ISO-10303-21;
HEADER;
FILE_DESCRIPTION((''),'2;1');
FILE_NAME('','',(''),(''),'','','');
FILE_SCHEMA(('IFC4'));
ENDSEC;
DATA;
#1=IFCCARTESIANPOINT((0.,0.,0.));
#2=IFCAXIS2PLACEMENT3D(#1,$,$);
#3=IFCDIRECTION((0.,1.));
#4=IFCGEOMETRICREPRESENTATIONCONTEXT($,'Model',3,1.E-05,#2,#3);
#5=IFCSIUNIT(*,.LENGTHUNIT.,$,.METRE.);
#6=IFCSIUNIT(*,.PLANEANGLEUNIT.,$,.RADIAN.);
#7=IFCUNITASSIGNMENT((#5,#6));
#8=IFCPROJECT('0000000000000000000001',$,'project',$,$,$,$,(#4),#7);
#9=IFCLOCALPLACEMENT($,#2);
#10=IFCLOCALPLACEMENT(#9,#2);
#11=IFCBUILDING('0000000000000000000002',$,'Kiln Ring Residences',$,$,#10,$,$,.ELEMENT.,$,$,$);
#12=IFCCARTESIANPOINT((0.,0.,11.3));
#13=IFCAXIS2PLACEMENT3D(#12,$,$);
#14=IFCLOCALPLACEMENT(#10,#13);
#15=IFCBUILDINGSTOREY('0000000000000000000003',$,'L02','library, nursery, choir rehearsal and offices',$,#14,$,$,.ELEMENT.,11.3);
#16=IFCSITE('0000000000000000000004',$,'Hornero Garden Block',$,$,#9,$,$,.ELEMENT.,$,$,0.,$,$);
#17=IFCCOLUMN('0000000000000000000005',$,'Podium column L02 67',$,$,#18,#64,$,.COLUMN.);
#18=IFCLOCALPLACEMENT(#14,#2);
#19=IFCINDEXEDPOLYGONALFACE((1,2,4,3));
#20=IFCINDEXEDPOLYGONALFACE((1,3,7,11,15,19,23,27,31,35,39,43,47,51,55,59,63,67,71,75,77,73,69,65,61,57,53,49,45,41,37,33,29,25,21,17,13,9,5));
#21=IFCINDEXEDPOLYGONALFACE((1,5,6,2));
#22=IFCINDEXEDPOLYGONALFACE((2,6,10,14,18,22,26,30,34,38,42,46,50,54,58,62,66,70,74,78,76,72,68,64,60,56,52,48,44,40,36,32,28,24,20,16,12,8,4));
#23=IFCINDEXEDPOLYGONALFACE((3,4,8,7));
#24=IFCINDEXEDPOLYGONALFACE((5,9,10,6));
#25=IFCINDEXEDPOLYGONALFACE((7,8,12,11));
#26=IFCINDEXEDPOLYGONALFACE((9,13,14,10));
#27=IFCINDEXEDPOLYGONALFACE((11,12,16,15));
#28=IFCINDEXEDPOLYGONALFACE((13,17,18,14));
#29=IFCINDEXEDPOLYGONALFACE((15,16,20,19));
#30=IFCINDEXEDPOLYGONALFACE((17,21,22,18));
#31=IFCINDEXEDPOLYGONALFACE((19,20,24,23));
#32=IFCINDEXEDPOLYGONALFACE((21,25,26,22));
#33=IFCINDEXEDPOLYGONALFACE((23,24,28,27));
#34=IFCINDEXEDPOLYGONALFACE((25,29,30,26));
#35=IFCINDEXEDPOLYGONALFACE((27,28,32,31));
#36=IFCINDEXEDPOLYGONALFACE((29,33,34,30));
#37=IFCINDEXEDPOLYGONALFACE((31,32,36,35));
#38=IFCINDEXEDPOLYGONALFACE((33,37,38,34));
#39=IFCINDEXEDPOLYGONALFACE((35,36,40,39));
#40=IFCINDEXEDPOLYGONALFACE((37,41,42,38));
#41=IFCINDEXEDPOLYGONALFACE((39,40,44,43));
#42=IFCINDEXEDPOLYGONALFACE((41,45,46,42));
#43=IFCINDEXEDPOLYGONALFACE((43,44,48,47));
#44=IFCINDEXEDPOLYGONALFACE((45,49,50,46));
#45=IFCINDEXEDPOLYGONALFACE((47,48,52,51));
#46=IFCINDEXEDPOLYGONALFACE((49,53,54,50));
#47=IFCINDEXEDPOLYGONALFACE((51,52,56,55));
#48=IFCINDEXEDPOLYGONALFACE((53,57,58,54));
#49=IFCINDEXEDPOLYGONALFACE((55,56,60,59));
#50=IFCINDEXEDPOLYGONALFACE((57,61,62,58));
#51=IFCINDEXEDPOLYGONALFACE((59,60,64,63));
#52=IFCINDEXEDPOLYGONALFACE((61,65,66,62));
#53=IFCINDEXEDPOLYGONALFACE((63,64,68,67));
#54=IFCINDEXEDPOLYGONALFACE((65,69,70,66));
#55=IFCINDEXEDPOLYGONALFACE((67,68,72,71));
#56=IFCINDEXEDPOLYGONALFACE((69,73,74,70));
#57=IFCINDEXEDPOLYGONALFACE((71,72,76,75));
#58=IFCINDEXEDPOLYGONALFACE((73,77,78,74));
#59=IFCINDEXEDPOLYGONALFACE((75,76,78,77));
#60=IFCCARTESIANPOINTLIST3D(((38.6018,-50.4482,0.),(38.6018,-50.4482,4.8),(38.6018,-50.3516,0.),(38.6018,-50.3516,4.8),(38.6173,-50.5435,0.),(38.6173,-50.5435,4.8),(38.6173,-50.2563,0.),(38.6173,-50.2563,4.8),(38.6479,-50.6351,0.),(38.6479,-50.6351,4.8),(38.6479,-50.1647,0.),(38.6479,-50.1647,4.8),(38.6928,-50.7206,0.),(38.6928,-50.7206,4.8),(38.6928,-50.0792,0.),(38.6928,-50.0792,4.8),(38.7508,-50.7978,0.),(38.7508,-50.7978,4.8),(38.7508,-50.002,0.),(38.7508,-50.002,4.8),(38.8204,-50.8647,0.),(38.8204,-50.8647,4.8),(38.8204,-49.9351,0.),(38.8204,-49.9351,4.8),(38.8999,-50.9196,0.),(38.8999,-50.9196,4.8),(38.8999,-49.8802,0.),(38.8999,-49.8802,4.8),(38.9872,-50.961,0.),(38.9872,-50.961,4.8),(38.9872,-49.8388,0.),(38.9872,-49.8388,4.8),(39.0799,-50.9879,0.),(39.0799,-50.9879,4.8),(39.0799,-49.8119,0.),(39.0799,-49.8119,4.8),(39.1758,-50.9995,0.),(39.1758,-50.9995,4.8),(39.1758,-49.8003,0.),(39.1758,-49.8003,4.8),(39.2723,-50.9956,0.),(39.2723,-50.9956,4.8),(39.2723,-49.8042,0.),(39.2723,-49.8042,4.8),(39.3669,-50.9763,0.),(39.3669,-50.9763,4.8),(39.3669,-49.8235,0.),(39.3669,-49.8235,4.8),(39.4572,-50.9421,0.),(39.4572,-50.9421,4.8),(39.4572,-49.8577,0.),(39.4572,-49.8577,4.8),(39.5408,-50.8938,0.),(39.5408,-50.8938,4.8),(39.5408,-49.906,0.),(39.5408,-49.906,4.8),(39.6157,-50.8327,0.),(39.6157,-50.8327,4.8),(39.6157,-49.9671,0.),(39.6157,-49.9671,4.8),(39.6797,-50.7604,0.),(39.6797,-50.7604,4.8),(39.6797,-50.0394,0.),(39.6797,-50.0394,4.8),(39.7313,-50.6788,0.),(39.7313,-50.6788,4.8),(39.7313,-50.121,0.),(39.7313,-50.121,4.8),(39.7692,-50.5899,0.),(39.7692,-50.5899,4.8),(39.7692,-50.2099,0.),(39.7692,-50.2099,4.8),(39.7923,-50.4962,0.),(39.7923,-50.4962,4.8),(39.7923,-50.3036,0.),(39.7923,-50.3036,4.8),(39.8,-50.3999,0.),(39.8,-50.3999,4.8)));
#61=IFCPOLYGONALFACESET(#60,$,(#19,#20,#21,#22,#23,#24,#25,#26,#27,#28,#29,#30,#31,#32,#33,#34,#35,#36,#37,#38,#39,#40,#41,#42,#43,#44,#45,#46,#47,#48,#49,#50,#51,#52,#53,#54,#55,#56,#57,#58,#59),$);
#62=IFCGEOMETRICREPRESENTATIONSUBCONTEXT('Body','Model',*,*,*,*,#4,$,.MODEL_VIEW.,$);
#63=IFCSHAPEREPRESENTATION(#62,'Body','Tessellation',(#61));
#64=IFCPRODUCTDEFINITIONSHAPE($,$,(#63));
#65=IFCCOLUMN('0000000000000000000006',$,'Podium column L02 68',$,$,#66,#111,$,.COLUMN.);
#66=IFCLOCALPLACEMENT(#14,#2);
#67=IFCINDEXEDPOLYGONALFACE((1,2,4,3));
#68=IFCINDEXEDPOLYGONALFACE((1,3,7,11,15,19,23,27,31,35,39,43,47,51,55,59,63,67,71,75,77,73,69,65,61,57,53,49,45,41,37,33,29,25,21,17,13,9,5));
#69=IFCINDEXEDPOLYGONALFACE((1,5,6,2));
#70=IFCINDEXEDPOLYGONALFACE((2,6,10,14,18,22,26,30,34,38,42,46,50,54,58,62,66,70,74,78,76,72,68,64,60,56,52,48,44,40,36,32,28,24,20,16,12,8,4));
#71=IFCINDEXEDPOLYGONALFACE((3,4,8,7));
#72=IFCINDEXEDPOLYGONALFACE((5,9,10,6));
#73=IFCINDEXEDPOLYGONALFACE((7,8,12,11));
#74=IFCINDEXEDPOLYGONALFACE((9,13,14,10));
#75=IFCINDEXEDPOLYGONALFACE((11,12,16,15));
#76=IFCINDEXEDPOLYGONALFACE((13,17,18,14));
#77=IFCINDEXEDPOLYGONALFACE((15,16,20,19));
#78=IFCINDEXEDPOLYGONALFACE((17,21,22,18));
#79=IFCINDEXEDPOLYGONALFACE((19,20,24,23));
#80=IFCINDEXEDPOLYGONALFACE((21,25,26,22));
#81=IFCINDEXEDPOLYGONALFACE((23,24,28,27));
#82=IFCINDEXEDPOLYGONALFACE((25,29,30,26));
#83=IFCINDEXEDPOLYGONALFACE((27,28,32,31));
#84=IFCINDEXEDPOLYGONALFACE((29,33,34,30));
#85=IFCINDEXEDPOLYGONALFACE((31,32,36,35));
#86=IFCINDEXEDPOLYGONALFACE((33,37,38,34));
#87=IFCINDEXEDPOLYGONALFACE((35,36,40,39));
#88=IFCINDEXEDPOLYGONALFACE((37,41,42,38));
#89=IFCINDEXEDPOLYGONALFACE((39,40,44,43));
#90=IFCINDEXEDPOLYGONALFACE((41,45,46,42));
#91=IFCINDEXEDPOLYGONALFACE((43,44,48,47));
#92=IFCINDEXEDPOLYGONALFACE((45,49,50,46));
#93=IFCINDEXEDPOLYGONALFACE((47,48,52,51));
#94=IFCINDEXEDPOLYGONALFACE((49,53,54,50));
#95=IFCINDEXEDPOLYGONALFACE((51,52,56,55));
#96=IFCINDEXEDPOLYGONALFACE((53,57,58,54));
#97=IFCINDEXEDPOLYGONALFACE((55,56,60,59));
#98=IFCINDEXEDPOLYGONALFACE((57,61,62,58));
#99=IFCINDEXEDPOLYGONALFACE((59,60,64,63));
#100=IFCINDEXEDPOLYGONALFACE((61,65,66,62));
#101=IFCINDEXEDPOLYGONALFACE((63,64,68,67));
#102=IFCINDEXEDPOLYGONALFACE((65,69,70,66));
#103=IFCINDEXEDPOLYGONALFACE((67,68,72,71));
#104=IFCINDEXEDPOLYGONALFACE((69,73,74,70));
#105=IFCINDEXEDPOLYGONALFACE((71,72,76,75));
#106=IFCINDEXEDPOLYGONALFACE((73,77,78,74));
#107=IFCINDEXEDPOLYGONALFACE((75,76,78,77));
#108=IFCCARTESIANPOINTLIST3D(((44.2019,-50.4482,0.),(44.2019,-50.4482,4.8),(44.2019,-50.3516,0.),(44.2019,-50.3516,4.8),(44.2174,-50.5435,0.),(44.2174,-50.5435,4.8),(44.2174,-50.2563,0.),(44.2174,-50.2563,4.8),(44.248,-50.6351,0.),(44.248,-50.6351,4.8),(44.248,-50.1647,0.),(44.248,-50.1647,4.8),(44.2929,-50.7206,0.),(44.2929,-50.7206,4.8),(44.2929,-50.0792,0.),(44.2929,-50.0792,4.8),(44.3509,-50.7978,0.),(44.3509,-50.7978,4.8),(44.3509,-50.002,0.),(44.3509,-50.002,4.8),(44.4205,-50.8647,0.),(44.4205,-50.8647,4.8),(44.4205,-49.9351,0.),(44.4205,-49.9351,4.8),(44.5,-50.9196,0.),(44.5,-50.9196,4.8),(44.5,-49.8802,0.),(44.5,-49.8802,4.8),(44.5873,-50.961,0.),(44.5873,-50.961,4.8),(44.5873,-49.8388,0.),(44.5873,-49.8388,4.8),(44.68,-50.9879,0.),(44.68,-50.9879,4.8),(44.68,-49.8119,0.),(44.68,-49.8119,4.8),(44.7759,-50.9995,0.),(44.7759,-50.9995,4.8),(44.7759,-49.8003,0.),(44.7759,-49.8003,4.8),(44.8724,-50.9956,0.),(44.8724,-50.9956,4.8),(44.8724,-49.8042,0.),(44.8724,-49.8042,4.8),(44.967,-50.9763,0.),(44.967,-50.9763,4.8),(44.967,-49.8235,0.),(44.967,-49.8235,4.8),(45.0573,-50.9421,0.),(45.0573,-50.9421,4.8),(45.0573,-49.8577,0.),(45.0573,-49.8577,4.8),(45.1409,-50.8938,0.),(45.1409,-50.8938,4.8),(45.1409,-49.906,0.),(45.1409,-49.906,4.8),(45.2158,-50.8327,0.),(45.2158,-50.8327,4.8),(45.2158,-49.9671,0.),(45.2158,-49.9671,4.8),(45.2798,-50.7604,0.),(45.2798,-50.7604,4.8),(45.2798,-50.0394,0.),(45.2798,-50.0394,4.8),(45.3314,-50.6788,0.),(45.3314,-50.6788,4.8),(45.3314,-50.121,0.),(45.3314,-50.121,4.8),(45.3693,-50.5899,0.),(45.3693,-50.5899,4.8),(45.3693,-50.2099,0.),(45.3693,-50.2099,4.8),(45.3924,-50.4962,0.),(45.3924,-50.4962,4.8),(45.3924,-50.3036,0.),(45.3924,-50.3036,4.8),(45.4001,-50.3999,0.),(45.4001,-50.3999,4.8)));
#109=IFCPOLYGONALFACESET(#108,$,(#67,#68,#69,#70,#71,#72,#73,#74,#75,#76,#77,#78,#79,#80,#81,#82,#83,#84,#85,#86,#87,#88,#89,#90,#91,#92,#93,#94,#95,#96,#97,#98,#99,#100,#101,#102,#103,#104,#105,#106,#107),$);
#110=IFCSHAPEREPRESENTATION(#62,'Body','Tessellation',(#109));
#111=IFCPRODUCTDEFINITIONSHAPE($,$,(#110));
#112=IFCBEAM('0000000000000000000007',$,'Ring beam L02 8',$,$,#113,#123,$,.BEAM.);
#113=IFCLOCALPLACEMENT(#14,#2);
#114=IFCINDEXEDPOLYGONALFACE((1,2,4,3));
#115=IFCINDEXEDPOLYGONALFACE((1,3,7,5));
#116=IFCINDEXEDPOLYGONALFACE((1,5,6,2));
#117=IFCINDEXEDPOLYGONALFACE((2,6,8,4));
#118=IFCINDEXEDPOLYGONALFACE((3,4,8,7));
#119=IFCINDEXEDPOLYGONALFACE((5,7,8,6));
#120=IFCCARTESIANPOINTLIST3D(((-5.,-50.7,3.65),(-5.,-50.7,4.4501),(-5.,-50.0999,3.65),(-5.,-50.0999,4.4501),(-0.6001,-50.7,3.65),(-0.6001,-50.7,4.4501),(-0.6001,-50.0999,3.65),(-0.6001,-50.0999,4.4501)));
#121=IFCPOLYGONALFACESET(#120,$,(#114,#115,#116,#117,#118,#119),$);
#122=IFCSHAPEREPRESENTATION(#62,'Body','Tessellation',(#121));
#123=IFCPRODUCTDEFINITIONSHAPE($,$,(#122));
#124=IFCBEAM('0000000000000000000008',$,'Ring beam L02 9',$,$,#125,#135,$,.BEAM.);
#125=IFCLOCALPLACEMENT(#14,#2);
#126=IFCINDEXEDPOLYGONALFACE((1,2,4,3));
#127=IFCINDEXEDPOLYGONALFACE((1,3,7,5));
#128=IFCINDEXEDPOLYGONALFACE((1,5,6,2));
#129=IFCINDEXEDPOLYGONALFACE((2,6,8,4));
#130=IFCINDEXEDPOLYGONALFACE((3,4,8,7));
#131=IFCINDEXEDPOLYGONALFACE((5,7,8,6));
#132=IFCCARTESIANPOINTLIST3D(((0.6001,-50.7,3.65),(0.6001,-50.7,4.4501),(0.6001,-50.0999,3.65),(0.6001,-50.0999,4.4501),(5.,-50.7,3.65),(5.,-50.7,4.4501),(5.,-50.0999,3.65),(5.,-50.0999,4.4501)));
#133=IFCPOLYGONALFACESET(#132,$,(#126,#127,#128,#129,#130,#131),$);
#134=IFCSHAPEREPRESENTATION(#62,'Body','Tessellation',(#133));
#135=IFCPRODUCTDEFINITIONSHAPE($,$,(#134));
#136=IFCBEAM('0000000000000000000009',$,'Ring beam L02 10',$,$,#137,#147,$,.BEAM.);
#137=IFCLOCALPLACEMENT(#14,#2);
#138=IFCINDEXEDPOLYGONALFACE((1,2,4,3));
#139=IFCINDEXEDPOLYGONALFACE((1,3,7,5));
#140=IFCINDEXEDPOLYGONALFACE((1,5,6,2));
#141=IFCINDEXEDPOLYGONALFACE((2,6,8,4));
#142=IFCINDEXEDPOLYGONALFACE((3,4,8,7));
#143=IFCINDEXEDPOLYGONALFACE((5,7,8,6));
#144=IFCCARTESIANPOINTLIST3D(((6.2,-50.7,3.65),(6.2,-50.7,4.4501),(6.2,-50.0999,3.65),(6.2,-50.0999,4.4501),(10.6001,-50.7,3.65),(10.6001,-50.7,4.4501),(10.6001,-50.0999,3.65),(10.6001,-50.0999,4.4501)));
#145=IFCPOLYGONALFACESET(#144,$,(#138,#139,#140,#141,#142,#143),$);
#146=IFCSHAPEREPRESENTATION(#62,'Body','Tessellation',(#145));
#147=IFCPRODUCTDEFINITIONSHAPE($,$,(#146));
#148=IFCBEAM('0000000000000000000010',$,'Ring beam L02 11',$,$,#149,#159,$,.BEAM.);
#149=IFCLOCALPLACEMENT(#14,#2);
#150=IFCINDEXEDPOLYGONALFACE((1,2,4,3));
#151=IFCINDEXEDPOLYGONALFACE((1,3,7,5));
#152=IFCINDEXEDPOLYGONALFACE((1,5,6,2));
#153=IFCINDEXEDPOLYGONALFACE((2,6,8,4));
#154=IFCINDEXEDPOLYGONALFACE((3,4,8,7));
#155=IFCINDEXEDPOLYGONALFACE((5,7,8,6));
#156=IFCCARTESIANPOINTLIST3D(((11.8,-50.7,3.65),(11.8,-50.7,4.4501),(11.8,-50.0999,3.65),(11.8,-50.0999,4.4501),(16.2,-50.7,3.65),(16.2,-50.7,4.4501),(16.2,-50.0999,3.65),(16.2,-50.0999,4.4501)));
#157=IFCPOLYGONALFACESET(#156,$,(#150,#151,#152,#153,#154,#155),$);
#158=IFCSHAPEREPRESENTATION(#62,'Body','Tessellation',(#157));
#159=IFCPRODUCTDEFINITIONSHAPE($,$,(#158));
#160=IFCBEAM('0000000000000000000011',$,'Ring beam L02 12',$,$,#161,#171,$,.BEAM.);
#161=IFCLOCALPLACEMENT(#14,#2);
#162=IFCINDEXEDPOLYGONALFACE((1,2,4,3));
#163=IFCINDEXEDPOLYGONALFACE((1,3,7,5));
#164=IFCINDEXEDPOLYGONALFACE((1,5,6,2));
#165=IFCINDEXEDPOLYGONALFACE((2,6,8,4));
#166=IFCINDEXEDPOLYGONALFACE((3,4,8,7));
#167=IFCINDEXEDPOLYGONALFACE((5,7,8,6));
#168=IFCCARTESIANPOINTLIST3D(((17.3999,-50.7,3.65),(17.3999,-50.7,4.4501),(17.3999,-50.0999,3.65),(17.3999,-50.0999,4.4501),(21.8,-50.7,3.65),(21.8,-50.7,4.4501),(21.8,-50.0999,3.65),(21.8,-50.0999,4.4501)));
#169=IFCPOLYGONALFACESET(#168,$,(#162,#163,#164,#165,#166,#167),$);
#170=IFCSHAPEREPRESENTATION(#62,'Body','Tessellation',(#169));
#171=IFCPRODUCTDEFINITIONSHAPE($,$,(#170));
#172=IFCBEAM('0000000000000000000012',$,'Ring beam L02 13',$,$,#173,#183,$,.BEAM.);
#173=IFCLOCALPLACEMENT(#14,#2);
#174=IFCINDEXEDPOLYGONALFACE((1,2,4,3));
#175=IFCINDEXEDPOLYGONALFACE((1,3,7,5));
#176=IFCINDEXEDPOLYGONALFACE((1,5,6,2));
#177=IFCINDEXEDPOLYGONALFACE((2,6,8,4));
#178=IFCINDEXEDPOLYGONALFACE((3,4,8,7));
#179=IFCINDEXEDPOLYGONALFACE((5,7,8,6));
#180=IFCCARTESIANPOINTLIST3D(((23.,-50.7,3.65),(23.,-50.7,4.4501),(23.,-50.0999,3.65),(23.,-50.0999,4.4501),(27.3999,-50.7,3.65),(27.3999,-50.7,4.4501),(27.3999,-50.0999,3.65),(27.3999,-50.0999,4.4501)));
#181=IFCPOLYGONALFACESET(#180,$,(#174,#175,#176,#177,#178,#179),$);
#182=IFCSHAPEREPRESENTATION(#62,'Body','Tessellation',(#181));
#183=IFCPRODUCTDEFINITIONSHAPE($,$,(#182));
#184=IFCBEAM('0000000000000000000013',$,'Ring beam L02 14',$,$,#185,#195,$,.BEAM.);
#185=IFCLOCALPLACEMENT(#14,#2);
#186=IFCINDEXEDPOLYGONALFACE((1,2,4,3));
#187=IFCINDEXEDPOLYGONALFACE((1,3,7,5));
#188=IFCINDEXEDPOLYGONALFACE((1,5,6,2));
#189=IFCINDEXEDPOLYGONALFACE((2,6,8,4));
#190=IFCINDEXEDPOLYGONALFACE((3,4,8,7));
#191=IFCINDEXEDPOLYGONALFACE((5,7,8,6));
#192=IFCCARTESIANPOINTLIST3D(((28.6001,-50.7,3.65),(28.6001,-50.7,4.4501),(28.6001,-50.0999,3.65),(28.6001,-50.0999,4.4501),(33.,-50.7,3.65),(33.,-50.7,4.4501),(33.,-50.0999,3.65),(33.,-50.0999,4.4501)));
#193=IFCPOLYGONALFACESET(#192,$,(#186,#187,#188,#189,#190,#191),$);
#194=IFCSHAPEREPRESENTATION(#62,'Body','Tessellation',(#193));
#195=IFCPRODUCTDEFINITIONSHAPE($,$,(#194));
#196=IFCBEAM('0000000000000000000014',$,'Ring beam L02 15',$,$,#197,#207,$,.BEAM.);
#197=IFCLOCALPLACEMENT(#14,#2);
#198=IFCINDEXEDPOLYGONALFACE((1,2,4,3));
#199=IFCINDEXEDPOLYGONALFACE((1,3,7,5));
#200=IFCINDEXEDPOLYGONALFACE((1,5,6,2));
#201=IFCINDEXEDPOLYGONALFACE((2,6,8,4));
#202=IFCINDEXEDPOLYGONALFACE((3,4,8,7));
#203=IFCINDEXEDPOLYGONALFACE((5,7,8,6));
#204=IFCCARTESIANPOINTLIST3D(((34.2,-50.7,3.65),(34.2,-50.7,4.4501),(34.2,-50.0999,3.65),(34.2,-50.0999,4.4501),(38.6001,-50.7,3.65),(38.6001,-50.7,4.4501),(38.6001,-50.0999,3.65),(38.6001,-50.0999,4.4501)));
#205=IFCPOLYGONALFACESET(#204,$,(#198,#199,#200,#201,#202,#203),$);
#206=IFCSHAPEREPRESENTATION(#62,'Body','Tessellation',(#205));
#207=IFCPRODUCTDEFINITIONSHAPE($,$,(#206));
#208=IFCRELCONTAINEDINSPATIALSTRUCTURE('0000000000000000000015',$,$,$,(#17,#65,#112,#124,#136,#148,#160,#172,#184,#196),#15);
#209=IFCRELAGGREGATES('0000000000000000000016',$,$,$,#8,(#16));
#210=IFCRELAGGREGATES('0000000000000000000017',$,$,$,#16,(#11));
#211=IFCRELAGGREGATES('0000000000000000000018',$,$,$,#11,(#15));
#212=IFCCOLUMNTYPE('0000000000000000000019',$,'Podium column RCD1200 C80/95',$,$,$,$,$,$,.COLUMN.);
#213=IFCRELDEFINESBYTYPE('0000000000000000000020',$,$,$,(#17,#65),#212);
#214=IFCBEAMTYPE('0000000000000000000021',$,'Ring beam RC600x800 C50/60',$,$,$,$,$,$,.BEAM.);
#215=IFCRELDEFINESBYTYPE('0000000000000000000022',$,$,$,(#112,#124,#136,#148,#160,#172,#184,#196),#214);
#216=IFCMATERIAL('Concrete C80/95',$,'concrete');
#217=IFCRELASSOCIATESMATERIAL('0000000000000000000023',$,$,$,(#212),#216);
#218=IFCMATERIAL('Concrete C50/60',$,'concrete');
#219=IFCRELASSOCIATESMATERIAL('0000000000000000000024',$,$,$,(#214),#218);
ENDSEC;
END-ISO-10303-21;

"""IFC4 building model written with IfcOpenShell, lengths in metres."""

from ifc_helpers import new_model, si_unit, direction, frame, origin, origin_2d, place, context, subcontext, project, spatial, rectangle, circle, extrude, material, material_profile, profile_set, type_object, element, save


model = new_model("IFC4")

# Units and contexts
model_context = context("Model", 3, precision=1e-05, world=origin(), true_north=direction((0.0, 1.0)))
body_context = subcontext(model_context, "Body", "Model", "MODEL_VIEW")
ifc_project = project(units=[si_unit("LENGTHUNIT", "METRE"), si_unit("PLANEANGLEUNIT", "RADIAN")], contexts=[model_context])

# Site, building, storey
site_placement = place(None, origin())
site = spatial("IfcSite", under=ifc_project, at=site_placement, Name="Hornero Garden Block", CompositionType="ELEMENT", RefElevation=0.0)
building_placement = place(site_placement, origin())
building = spatial("IfcBuilding", under=site, at=building_placement, Name="Kiln Ring Residences", CompositionType="ELEMENT")
storey_placement = place(building_placement, frame((0.0, 0.0, 11.3)))
storey = spatial("IfcBuildingStorey", under=building, at=storey_placement, Name="L02", Description="library, nursery, choir rehearsal and offices", CompositionType="ELEMENT", Elevation=11.3)

# Columns
ifc_material_1 = material(Name="Concrete C80/95", Category="concrete")
ifc_material_profile_1 = material_profile(ifc_material_1, circle(Radius=0.6001, at=origin_2d()), Name="RCD1200")
ifc_profile_set_1 = profile_set([ifc_material_profile_1], Name="Concrete C80/95")
column_type_1 = type_object("IfcColumnType", Name="Podium column RCD1200 C80/95", PredefinedType="COLUMN", material=ifc_profile_set_1)
for number, where, z_axis, x_axis, name in (
    (1, (39.2, -50.3999, 0.0), (0.0, 0.0, 1.0), (1.0, 0.0, 0.0), "Podium column L02 67"),
    (2, (44.8, -50.3999, 0.0), (0.0, 0.0, 1.0), (1.0, 0.0, 0.0), "Podium column L02 68"),
):
    element("IfcColumn", number, at=place(storey_placement, frame(where, z_axis=z_axis, x_axis=x_axis)), inside=storey, type_object=column_type_1, Name=name, PredefinedType="COLUMN", context=body_context, shape_type="SweptSolid", body=[
        extrude(circle(Radius=0.6001, at=origin_2d()), origin(), (0.0, 0.0, 1.0), 4.8),
    ])

# Beams
ifc_material_2 = material(Name="Concrete C50/60", Category="concrete")
ifc_material_profile_2 = material_profile(ifc_material_2, rectangle(XDim=0.6001, YDim=0.8, at=origin_2d()), Name="RC600x800")
ifc_profile_set_2 = profile_set([ifc_material_profile_2], Name="Concrete C50/60")
beam_type = type_object("IfcBeamType", Name="Ring beam RC600x800 C50/60", PredefinedType="BEAM", material=ifc_profile_set_2)
for number, where, z_axis, x_axis, name in (
    (3, (-5.0, -50.3999, 4.05), (1.0, 0.0, 0.0), (0.0, 1.0, 0.0), "Ring beam L02 8"),
    (4, (0.6001, -50.3999, 4.05), (1.0, 0.0, 0.0), (0.0, 1.0, 0.0), "Ring beam L02 9"),
):
    element("IfcBeam", number, at=place(storey_placement, frame(where, z_axis=z_axis, x_axis=x_axis)), inside=storey, type_object=beam_type, Name=name, PredefinedType="BEAM", context=body_context, shape_type="SweptSolid", body=[
        extrude(rectangle(XDim=0.6001, YDim=0.8, at=origin_2d()), origin(), (0.0, 0.0, 1.0), 4.3999),
    ])
beam_1_placement = place(storey_placement, frame((6.2, -50.3999, 4.05), z_axis=(1.0, 0.0, 0.0), x_axis=(0.0, 1.0, 0.0)))
element("IfcBeam", 5, at=beam_1_placement, inside=storey, type_object=beam_type, Name="Ring beam L02 10", PredefinedType="BEAM", context=body_context, shape_type="SweptSolid", body=[
    extrude(rectangle(XDim=0.6001, YDim=0.8, at=origin_2d()), origin(), (0.0, 0.0, 1.0), 4.4001),
])
beam_2_placement = place(storey_placement, frame((11.8, -50.3999, 4.05), z_axis=(1.0, 0.0, 0.0), x_axis=(0.0, 1.0, 0.0)))
element("IfcBeam", 6, at=beam_2_placement, inside=storey, type_object=beam_type, Name="Ring beam L02 11", PredefinedType="BEAM", context=body_context, shape_type="SweptSolid", body=[
    extrude(rectangle(XDim=0.6001, YDim=0.8, at=origin_2d()), origin(), (0.0, 0.0, 1.0), 4.3999),
])
beam_3_placement = place(storey_placement, frame((17.3999, -50.3999, 4.05), z_axis=(1.0, 0.0, 0.0), x_axis=(0.0, 1.0, 0.0)))
element("IfcBeam", 7, at=beam_3_placement, inside=storey, type_object=beam_type, Name="Ring beam L02 12", PredefinedType="BEAM", context=body_context, shape_type="SweptSolid", body=[
    extrude(rectangle(XDim=0.6001, YDim=0.8, at=origin_2d()), origin(), (0.0, 0.0, 1.0), 4.4001),
])
for number, where, z_axis, x_axis, name in (
    (8, (23.0, -50.3999, 4.05), (1.0, 0.0, 0.0), (0.0, 1.0, 0.0), "Ring beam L02 13"),
    (9, (28.6001, -50.3999, 4.05), (1.0, 0.0, 0.0), (0.0, 1.0, 0.0), "Ring beam L02 14"),
):
    element("IfcBeam", number, at=place(storey_placement, frame(where, z_axis=z_axis, x_axis=x_axis)), inside=storey, type_object=beam_type, Name=name, PredefinedType="BEAM", context=body_context, shape_type="SweptSolid", body=[
        extrude(rectangle(XDim=0.6001, YDim=0.8, at=origin_2d()), origin(), (0.0, 0.0, 1.0), 4.3999),
    ])
beam_4_placement = place(storey_placement, frame((34.2, -50.3999, 4.05), z_axis=(1.0, 0.0, 0.0), x_axis=(0.0, 1.0, 0.0)))
element("IfcBeam", 10, at=beam_4_placement, inside=storey, type_object=beam_type, Name="Ring beam L02 15", PredefinedType="BEAM", context=body_context, shape_type="SweptSolid", body=[
    extrude(rectangle(XDim=0.6001, YDim=0.8, at=origin_2d()), origin(), (0.0, 0.0, 1.0), 4.4001),
])

save(model, "model.ifc")
